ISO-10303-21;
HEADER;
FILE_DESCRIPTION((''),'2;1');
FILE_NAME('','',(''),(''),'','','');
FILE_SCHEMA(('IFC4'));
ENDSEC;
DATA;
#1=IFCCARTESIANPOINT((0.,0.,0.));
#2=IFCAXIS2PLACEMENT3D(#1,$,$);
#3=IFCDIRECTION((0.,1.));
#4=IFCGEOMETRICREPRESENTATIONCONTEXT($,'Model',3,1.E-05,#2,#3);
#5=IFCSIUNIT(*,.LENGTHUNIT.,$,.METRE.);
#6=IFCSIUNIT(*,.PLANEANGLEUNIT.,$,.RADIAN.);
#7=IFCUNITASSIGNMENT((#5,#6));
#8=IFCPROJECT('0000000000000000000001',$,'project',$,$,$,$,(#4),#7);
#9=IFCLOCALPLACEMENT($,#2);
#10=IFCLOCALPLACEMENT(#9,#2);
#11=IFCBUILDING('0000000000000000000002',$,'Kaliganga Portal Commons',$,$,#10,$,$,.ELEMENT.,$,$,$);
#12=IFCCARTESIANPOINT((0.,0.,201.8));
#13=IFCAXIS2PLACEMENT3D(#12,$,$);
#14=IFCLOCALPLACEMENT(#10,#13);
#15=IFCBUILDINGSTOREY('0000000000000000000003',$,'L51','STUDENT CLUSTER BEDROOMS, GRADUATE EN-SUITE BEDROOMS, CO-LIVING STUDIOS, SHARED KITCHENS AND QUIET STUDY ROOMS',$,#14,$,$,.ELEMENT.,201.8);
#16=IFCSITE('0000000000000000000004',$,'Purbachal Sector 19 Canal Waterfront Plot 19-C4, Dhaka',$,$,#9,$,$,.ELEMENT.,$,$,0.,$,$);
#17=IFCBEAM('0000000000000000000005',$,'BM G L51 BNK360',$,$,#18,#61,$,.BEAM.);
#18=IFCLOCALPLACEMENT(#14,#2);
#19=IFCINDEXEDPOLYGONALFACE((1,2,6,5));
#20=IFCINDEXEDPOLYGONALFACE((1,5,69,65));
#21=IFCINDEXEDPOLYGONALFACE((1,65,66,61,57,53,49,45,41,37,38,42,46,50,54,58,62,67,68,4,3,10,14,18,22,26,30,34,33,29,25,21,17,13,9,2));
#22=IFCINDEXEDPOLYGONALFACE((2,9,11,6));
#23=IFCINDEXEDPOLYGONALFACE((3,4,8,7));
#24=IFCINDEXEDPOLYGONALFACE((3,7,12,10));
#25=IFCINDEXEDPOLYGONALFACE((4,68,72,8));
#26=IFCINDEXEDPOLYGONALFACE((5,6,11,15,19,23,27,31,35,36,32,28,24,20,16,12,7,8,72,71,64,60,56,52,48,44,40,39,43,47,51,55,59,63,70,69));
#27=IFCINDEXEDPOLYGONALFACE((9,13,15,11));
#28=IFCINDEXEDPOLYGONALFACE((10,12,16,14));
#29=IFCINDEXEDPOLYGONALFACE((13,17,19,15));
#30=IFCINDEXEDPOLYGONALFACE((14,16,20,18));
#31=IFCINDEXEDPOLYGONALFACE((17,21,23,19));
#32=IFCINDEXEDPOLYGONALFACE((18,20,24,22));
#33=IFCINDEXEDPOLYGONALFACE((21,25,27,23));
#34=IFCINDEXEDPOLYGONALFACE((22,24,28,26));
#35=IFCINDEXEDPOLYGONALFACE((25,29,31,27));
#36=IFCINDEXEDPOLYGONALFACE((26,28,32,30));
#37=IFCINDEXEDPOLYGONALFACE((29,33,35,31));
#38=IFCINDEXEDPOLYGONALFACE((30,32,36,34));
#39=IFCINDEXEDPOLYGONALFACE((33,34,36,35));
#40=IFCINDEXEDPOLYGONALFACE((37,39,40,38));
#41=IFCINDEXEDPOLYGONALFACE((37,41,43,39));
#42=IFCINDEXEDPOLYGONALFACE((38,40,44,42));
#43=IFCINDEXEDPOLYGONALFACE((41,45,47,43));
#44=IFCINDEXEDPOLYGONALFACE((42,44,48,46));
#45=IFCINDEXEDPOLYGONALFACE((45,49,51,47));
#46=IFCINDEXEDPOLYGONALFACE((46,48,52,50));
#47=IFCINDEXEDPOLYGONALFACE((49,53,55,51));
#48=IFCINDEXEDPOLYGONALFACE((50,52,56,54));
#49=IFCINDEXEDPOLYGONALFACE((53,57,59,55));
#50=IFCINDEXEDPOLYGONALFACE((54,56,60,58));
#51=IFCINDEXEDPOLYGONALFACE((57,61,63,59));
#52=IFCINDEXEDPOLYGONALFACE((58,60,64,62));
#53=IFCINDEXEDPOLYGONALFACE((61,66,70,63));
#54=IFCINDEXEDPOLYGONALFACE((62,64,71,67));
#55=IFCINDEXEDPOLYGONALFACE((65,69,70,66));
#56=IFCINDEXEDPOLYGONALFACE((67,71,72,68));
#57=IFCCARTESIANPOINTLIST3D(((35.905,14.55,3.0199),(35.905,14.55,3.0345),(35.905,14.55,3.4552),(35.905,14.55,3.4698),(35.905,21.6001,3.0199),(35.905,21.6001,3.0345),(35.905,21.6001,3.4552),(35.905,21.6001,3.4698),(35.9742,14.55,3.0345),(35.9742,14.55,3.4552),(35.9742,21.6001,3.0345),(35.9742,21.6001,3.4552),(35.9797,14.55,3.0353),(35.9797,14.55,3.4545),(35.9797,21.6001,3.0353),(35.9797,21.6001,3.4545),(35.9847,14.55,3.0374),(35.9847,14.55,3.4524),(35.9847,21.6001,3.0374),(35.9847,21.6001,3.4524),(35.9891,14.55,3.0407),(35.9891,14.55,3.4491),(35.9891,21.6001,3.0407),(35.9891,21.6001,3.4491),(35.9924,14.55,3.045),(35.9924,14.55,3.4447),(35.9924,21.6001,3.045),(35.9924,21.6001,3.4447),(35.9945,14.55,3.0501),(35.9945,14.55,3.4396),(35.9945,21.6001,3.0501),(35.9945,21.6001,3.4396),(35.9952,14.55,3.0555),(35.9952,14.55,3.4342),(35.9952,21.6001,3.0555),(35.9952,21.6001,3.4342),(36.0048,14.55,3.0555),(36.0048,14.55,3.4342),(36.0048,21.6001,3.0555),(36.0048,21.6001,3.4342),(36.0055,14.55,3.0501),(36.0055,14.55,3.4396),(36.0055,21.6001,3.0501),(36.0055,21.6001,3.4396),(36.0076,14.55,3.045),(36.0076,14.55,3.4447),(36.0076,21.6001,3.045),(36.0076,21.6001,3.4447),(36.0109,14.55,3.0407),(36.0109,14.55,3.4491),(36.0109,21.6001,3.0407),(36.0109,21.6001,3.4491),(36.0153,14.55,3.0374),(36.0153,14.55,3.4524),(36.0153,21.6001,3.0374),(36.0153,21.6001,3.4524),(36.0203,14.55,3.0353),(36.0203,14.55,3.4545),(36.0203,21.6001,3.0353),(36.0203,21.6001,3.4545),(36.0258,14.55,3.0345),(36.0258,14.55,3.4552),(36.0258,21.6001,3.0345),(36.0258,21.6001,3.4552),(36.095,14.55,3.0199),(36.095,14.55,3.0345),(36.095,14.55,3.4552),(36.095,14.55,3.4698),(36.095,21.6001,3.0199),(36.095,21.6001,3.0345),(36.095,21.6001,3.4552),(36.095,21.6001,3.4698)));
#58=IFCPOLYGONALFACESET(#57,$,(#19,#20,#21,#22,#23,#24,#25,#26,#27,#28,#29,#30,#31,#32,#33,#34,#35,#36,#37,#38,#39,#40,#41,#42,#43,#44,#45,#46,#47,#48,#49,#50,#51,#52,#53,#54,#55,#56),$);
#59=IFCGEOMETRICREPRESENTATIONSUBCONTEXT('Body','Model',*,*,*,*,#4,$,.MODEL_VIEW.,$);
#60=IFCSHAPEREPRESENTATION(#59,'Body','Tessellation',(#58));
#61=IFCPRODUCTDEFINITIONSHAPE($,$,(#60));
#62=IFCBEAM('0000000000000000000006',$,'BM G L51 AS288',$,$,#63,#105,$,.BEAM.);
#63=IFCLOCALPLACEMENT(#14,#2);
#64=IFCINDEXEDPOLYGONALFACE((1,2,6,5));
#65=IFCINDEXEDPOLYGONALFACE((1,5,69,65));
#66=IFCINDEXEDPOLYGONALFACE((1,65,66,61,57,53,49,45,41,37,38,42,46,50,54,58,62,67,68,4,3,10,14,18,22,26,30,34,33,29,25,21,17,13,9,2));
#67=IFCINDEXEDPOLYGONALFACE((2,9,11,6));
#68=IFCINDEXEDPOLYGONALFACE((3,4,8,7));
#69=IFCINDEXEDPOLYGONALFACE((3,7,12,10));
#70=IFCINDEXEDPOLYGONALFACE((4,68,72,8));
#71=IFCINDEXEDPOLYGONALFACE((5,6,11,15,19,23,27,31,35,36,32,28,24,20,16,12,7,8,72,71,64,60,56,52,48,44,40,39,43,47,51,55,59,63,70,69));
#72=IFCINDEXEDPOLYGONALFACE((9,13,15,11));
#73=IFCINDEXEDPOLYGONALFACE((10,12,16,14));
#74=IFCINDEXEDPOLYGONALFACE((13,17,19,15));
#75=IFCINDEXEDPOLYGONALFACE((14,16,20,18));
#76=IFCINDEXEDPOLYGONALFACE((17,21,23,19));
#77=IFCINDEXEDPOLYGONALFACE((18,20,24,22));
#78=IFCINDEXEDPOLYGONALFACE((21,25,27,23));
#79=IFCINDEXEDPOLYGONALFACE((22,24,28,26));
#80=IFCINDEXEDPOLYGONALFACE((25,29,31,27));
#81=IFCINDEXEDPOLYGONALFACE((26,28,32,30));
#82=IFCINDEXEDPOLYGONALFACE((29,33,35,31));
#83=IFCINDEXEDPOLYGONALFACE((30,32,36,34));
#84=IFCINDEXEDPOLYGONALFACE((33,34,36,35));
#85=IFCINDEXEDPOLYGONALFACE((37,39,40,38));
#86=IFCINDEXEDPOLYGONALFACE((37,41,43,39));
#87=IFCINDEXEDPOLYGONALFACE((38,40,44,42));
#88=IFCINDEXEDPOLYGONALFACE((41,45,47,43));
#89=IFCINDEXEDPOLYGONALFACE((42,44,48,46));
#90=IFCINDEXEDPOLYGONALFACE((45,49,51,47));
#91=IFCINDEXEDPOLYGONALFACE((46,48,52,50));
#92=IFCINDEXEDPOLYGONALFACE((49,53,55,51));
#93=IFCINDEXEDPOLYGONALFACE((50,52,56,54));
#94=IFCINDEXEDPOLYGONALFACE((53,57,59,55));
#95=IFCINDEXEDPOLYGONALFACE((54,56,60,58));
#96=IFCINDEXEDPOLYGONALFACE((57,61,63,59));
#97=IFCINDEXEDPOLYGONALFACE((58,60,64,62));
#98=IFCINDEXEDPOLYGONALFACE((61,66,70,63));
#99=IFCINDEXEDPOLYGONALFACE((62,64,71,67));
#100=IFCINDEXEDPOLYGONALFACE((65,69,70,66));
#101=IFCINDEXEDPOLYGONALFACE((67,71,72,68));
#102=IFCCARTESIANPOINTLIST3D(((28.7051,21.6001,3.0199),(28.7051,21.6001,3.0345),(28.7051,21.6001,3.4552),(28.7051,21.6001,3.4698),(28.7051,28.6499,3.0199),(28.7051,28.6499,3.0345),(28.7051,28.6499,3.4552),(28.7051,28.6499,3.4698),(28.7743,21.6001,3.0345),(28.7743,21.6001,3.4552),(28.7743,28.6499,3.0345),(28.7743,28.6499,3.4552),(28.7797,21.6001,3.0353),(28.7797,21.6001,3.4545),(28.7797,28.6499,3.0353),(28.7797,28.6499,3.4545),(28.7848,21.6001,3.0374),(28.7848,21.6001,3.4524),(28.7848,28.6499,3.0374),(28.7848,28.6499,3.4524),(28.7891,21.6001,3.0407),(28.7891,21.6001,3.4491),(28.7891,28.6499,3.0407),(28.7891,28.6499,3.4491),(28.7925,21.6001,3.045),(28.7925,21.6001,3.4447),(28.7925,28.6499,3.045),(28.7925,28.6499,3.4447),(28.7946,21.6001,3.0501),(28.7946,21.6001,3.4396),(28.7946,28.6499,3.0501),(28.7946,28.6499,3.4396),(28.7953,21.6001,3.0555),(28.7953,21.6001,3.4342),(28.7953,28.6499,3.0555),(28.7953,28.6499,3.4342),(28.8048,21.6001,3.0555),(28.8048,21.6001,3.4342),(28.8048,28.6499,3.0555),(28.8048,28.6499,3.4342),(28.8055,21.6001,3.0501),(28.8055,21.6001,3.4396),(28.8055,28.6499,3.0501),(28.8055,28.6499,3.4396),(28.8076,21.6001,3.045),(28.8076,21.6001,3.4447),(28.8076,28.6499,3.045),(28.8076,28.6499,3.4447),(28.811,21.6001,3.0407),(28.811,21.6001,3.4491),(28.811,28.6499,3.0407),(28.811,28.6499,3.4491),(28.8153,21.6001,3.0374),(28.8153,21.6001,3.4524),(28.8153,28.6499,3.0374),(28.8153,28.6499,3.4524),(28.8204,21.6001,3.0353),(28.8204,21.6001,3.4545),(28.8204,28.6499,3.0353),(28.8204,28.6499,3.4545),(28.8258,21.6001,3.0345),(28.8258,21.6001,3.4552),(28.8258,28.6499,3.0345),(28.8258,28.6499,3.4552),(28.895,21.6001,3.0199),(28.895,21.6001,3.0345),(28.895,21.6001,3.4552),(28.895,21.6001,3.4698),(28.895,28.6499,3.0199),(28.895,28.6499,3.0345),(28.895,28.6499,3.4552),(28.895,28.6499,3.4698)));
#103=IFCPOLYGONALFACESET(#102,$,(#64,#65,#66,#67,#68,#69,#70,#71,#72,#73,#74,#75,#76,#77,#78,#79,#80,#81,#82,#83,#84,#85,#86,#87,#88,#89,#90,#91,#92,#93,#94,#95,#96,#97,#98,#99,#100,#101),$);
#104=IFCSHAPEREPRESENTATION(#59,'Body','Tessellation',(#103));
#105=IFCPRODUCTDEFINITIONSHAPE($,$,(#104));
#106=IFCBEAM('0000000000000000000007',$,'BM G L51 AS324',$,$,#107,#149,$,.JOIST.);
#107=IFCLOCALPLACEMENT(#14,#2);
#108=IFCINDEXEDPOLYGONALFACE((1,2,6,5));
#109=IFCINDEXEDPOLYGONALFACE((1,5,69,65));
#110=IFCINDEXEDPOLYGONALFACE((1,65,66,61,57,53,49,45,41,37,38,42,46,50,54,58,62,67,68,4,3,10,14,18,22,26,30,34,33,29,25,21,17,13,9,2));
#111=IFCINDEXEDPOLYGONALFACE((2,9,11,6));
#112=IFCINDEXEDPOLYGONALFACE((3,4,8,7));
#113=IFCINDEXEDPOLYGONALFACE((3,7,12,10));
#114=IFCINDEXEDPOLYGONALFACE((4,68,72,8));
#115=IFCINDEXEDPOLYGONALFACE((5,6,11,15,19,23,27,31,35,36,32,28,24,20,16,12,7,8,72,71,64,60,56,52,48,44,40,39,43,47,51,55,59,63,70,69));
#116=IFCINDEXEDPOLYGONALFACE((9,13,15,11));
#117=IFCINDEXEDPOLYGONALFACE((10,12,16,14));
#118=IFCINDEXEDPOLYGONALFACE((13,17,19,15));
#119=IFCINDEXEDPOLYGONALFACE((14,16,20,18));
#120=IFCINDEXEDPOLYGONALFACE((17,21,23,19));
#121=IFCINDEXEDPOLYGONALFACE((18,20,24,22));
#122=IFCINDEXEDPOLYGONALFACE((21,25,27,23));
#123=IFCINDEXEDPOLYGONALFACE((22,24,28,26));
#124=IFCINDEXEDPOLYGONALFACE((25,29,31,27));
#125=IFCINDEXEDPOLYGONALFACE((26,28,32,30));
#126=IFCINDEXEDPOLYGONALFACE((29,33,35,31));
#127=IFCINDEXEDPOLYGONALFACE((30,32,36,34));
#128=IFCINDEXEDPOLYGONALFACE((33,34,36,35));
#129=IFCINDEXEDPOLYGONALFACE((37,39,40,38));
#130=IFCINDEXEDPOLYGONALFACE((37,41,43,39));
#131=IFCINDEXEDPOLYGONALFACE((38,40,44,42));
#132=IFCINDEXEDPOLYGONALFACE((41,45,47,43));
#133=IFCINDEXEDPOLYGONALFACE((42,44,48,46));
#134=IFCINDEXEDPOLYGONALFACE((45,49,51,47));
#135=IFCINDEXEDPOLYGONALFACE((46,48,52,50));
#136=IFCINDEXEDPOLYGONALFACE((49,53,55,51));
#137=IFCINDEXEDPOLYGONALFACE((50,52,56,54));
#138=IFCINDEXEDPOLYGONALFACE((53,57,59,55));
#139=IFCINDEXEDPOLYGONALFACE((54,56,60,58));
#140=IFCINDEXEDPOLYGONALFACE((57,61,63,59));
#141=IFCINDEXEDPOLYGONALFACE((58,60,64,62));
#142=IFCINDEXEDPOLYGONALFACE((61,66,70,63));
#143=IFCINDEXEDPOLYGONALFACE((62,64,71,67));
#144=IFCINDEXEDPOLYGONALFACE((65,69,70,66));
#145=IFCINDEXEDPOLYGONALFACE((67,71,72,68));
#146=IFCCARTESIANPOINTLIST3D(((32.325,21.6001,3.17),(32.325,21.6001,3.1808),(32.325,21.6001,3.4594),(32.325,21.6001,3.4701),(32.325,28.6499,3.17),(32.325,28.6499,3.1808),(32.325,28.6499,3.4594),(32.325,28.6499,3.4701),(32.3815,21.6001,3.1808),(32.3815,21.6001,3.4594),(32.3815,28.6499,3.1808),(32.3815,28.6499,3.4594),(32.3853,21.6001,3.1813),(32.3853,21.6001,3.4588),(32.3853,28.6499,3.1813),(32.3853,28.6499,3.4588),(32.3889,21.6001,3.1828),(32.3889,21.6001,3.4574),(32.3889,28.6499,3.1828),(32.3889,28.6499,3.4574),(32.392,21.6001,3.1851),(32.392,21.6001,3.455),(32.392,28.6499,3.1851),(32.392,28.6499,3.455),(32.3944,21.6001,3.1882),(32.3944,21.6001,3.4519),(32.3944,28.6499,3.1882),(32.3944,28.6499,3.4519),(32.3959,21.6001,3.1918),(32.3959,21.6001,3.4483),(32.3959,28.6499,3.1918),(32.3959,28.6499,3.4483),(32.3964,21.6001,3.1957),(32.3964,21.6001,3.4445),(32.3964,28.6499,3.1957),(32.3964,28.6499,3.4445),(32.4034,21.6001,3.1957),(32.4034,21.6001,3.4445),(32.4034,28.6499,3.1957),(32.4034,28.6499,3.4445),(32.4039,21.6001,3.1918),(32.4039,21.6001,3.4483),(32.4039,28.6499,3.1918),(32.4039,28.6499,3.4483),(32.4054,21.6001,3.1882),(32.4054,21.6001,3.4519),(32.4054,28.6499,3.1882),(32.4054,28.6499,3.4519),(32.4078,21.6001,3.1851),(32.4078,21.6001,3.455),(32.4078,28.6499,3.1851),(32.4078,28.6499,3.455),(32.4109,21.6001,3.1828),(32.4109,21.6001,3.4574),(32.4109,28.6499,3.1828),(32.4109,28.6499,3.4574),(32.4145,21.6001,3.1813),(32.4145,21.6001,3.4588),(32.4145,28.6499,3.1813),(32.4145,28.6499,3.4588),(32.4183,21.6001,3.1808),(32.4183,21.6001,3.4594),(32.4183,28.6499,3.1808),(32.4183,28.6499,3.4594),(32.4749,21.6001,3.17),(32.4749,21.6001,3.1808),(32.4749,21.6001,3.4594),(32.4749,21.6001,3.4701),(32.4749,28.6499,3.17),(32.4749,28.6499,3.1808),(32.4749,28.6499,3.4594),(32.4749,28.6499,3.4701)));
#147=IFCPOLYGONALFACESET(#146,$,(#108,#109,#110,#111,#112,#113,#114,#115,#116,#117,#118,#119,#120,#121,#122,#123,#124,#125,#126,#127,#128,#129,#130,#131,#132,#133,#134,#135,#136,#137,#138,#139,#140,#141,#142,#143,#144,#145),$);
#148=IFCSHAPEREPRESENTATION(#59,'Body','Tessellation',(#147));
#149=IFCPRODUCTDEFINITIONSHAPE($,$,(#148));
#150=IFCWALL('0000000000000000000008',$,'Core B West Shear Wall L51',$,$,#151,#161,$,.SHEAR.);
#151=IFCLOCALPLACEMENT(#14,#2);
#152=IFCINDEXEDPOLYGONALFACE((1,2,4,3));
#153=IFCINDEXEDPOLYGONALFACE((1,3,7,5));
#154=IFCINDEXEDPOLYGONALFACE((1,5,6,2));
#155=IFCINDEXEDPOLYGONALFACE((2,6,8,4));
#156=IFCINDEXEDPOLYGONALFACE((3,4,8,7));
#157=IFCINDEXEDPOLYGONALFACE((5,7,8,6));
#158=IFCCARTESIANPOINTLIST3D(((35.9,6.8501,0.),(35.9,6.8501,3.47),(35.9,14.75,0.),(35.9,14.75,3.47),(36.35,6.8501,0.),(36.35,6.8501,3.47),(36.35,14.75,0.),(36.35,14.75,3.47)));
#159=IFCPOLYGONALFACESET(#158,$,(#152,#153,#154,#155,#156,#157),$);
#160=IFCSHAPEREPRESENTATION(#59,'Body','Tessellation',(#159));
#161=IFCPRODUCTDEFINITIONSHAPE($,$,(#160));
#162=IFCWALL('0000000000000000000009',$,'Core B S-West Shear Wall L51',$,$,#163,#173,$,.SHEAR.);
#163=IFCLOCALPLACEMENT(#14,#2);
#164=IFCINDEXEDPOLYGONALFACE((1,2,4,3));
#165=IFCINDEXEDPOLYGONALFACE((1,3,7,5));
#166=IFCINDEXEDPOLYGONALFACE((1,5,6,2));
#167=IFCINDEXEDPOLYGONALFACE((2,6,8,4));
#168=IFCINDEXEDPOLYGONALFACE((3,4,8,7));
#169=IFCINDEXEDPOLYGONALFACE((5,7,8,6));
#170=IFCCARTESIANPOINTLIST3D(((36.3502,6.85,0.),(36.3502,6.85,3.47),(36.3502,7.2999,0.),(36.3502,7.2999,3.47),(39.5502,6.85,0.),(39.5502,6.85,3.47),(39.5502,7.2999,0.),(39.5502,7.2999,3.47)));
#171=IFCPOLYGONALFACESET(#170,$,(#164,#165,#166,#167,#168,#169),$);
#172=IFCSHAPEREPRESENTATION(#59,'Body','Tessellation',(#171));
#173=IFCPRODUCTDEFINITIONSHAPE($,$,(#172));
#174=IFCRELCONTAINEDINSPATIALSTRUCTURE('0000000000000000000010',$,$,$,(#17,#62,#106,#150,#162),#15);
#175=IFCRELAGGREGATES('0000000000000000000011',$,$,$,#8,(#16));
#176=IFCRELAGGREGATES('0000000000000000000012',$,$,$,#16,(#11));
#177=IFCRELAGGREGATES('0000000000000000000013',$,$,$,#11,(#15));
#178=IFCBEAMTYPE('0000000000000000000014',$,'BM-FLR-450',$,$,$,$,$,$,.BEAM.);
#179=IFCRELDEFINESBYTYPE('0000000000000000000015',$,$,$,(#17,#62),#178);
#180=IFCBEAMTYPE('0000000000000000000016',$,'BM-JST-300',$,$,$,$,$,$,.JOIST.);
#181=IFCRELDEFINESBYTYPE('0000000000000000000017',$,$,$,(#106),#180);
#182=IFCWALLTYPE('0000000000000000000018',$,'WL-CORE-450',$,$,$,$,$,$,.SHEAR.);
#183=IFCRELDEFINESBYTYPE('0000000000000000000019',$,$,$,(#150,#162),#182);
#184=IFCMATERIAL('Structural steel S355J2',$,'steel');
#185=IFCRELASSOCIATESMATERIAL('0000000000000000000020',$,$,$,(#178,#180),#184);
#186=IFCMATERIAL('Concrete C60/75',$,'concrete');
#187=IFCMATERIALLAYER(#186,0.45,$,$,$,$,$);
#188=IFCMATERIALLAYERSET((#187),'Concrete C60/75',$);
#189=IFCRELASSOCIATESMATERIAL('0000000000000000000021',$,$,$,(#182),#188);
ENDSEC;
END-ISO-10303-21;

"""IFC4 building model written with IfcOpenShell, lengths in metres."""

from ifc_helpers import new_model, si_unit, direction, frame, frame_2d, origin, origin_2d, place, context, subcontext, project, spatial, rectangle, i_section, extrude, source, transform, mapped, material, layer, layer_set, material_profile, profile_set, type_object, element, save


model = new_model("IFC4")

# Units and contexts
model_context = context("Model", 3, precision=1e-05, world=origin(), true_north=direction((0.0, 1.0)))
body_context = subcontext(model_context, "Body", "Model", "MODEL_VIEW")
ifc_project = project(units=[si_unit("LENGTHUNIT", "METRE"), si_unit("PLANEANGLEUNIT", "RADIAN")], contexts=[model_context])

# Site, building, storey
site_placement = place(None, origin())
site = spatial("IfcSite", under=ifc_project, at=site_placement, Name="Purbachal Sector 19 Canal Waterfront Plot 19-C4, Dhaka", CompositionType="ELEMENT", RefElevation=0.0)
building_placement = place(site_placement, origin())
building = spatial("IfcBuilding", under=site, at=building_placement, Name="Kaliganga Portal Commons", CompositionType="ELEMENT")
storey_placement = place(building_placement, frame((0.0, 0.0, 201.8)))
storey = spatial("IfcBuildingStorey", under=building, at=storey_placement, Name="L51", Description="STUDENT CLUSTER BEDROOMS, GRADUATE EN-SUITE BEDROOMS, CO-LIVING STUDIOS, SHARED KITCHENS AND QUIET STUDY ROOMS", CompositionType="ELEMENT", Elevation=201.8)

# Shared definitions
ifc_material_1 = material(Name="Structural steel S355J2", Category="steel")

# Beams
ifc_material_profile_1 = material_profile(ifc_material_1, i_section(OverallWidth=0.1899, OverallDepth=0.45, WebThickness=0.0095, FlangeThickness=0.0146, FilletRadius=0.021, at=origin_2d()), Name="IPE 450")
ifc_profile_set_1 = profile_set([ifc_material_profile_1], Name="Structural steel S355J2 wide-flange")
beam_type_1 = type_object("IfcBeamType", Name="BM-FLR-450", PredefinedType="BEAM", material=ifc_profile_set_1)
shared_shape_1 = source(origin(), body_context, "Body", "SweptSolid", [
    extrude(i_section(OverallWidth=0.1899, OverallDepth=0.45, WebThickness=0.0095, FlangeThickness=0.0146, FilletRadius=0.021, at=origin_2d()), origin(), (0.0, 0.0, 1.0), 7.05),
])
beam_1_placement = place(storey_placement, frame((36.0, 14.55, 3.2449), z_axis=(0.0, 1.0, 0.0), x_axis=(-1.0, 0.0, 0.0)))
element("IfcBeam", 1, at=beam_1_placement, inside=storey, type_object=beam_type_1, Name="BM G L51 BNK360", PredefinedType="BEAM", context=body_context, shape_type="MappedRepresentation", body=[
    mapped(shared_shape_1, transform((0.0, 0.0, 0.0), x_axis=(1.0, 0.0, 0.0), y_axis=(0.0, 1.0, 0.0), z_axis=(0.0, 0.0, 1.0), scale=1.0)),
])
shared_shape_2 = source(origin(), body_context, "Body", "SweptSolid", [
    extrude(i_section(OverallWidth=0.1899, OverallDepth=0.45, WebThickness=0.0095, FlangeThickness=0.0146, FilletRadius=0.021, at=origin_2d()), origin(), (0.0, 0.0, 1.0), 7.0498),
])
beam_2_placement = place(storey_placement, frame((28.8, 21.6001, 3.2449), z_axis=(0.0, 1.0, 0.0), x_axis=(-1.0, 0.0, 0.0)))
element("IfcBeam", 2, at=beam_2_placement, inside=storey, type_object=beam_type_1, Name="BM G L51 AS288", PredefinedType="BEAM", context=body_context, shape_type="MappedRepresentation", body=[
    mapped(shared_shape_2, transform((0.0, 0.0, 0.0), x_axis=(1.0, 0.0, 0.0), y_axis=(0.0, 1.0, 0.0), z_axis=(0.0, 0.0, 1.0), scale=1.0)),
])
ifc_material_profile_2 = material_profile(ifc_material_1, i_section(OverallWidth=0.1499, OverallDepth=0.3, WebThickness=0.0071, FlangeThickness=0.0107, FilletRadius=0.0149, at=origin_2d()), Name="IPE 300")
ifc_profile_set_2 = profile_set([ifc_material_profile_2], Name="Structural steel S355J2 wide-flange")
beam_type_2 = type_object("IfcBeamType", Name="BM-JST-300", PredefinedType="JOIST", material=ifc_profile_set_2)
shared_shape_3 = source(origin(), body_context, "Body", "SweptSolid", [
    extrude(i_section(OverallWidth=0.1499, OverallDepth=0.3, WebThickness=0.0071, FlangeThickness=0.0107, FilletRadius=0.0149, at=origin_2d()), origin(), (0.0, 0.0, 1.0), 7.0498),
])
beam_3_placement = place(storey_placement, frame((32.3999, 21.6001, 3.3201), z_axis=(0.0, 1.0, 0.0), x_axis=(-1.0, 0.0, 0.0)))
element("IfcBeam", 3, at=beam_3_placement, inside=storey, type_object=beam_type_2, Name="BM G L51 AS324", PredefinedType="JOIST", context=body_context, shape_type="MappedRepresentation", body=[
    mapped(shared_shape_3, transform((0.0, 0.0, 0.0), x_axis=(1.0, 0.0, 0.0), y_axis=(0.0, 1.0, 0.0), z_axis=(0.0, 0.0, 1.0), scale=1.0)),
])

# Walls
ifc_material_2 = material(Name="Concrete C60/75", Category="concrete")
ifc_layer_1 = layer(ifc_material_2, 0.45)
ifc_layer_set_1 = layer_set([ifc_layer_1], Name="Concrete C60/75")
wall_type_1 = type_object("IfcWallType", Name="WL-CORE-450", PredefinedType="SHEAR", material=ifc_layer_set_1)
wall_1_placement = place(storey_placement, frame((36.125, 6.8501, 0.0), z_axis=(0.0, 0.0, 1.0), x_axis=(0.0, 1.0, 0.0)))
element("IfcWall", 4, at=wall_1_placement, inside=storey, type_object=wall_type_1, Name="Core B West Shear Wall L51", PredefinedType="SHEAR", context=body_context, shape_type="SweptSolid", body=[
    extrude(rectangle(XDim=7.8999, YDim=0.45, at=frame_2d((3.95, 0.0))), origin(), (0.0, 0.0, 1.0), 3.47),
])
wall_2_placement = place(storey_placement, frame((36.3501, 7.075, 0.0), z_axis=(0.0, 0.0, 1.0), x_axis=(1.0, 0.0, 0.0)))
element("IfcWall", 5, at=wall_2_placement, inside=storey, type_object=wall_type_1, Name="Core B S-West Shear Wall L51", PredefinedType="SHEAR", context=body_context, shape_type="SweptSolid", body=[
    extrude(rectangle(XDim=3.2, YDim=0.45, at=frame_2d((1.6001, 0.0))), origin(), (0.0, 0.0, 1.0), 3.47),
])

save(model, "model.ifc")
